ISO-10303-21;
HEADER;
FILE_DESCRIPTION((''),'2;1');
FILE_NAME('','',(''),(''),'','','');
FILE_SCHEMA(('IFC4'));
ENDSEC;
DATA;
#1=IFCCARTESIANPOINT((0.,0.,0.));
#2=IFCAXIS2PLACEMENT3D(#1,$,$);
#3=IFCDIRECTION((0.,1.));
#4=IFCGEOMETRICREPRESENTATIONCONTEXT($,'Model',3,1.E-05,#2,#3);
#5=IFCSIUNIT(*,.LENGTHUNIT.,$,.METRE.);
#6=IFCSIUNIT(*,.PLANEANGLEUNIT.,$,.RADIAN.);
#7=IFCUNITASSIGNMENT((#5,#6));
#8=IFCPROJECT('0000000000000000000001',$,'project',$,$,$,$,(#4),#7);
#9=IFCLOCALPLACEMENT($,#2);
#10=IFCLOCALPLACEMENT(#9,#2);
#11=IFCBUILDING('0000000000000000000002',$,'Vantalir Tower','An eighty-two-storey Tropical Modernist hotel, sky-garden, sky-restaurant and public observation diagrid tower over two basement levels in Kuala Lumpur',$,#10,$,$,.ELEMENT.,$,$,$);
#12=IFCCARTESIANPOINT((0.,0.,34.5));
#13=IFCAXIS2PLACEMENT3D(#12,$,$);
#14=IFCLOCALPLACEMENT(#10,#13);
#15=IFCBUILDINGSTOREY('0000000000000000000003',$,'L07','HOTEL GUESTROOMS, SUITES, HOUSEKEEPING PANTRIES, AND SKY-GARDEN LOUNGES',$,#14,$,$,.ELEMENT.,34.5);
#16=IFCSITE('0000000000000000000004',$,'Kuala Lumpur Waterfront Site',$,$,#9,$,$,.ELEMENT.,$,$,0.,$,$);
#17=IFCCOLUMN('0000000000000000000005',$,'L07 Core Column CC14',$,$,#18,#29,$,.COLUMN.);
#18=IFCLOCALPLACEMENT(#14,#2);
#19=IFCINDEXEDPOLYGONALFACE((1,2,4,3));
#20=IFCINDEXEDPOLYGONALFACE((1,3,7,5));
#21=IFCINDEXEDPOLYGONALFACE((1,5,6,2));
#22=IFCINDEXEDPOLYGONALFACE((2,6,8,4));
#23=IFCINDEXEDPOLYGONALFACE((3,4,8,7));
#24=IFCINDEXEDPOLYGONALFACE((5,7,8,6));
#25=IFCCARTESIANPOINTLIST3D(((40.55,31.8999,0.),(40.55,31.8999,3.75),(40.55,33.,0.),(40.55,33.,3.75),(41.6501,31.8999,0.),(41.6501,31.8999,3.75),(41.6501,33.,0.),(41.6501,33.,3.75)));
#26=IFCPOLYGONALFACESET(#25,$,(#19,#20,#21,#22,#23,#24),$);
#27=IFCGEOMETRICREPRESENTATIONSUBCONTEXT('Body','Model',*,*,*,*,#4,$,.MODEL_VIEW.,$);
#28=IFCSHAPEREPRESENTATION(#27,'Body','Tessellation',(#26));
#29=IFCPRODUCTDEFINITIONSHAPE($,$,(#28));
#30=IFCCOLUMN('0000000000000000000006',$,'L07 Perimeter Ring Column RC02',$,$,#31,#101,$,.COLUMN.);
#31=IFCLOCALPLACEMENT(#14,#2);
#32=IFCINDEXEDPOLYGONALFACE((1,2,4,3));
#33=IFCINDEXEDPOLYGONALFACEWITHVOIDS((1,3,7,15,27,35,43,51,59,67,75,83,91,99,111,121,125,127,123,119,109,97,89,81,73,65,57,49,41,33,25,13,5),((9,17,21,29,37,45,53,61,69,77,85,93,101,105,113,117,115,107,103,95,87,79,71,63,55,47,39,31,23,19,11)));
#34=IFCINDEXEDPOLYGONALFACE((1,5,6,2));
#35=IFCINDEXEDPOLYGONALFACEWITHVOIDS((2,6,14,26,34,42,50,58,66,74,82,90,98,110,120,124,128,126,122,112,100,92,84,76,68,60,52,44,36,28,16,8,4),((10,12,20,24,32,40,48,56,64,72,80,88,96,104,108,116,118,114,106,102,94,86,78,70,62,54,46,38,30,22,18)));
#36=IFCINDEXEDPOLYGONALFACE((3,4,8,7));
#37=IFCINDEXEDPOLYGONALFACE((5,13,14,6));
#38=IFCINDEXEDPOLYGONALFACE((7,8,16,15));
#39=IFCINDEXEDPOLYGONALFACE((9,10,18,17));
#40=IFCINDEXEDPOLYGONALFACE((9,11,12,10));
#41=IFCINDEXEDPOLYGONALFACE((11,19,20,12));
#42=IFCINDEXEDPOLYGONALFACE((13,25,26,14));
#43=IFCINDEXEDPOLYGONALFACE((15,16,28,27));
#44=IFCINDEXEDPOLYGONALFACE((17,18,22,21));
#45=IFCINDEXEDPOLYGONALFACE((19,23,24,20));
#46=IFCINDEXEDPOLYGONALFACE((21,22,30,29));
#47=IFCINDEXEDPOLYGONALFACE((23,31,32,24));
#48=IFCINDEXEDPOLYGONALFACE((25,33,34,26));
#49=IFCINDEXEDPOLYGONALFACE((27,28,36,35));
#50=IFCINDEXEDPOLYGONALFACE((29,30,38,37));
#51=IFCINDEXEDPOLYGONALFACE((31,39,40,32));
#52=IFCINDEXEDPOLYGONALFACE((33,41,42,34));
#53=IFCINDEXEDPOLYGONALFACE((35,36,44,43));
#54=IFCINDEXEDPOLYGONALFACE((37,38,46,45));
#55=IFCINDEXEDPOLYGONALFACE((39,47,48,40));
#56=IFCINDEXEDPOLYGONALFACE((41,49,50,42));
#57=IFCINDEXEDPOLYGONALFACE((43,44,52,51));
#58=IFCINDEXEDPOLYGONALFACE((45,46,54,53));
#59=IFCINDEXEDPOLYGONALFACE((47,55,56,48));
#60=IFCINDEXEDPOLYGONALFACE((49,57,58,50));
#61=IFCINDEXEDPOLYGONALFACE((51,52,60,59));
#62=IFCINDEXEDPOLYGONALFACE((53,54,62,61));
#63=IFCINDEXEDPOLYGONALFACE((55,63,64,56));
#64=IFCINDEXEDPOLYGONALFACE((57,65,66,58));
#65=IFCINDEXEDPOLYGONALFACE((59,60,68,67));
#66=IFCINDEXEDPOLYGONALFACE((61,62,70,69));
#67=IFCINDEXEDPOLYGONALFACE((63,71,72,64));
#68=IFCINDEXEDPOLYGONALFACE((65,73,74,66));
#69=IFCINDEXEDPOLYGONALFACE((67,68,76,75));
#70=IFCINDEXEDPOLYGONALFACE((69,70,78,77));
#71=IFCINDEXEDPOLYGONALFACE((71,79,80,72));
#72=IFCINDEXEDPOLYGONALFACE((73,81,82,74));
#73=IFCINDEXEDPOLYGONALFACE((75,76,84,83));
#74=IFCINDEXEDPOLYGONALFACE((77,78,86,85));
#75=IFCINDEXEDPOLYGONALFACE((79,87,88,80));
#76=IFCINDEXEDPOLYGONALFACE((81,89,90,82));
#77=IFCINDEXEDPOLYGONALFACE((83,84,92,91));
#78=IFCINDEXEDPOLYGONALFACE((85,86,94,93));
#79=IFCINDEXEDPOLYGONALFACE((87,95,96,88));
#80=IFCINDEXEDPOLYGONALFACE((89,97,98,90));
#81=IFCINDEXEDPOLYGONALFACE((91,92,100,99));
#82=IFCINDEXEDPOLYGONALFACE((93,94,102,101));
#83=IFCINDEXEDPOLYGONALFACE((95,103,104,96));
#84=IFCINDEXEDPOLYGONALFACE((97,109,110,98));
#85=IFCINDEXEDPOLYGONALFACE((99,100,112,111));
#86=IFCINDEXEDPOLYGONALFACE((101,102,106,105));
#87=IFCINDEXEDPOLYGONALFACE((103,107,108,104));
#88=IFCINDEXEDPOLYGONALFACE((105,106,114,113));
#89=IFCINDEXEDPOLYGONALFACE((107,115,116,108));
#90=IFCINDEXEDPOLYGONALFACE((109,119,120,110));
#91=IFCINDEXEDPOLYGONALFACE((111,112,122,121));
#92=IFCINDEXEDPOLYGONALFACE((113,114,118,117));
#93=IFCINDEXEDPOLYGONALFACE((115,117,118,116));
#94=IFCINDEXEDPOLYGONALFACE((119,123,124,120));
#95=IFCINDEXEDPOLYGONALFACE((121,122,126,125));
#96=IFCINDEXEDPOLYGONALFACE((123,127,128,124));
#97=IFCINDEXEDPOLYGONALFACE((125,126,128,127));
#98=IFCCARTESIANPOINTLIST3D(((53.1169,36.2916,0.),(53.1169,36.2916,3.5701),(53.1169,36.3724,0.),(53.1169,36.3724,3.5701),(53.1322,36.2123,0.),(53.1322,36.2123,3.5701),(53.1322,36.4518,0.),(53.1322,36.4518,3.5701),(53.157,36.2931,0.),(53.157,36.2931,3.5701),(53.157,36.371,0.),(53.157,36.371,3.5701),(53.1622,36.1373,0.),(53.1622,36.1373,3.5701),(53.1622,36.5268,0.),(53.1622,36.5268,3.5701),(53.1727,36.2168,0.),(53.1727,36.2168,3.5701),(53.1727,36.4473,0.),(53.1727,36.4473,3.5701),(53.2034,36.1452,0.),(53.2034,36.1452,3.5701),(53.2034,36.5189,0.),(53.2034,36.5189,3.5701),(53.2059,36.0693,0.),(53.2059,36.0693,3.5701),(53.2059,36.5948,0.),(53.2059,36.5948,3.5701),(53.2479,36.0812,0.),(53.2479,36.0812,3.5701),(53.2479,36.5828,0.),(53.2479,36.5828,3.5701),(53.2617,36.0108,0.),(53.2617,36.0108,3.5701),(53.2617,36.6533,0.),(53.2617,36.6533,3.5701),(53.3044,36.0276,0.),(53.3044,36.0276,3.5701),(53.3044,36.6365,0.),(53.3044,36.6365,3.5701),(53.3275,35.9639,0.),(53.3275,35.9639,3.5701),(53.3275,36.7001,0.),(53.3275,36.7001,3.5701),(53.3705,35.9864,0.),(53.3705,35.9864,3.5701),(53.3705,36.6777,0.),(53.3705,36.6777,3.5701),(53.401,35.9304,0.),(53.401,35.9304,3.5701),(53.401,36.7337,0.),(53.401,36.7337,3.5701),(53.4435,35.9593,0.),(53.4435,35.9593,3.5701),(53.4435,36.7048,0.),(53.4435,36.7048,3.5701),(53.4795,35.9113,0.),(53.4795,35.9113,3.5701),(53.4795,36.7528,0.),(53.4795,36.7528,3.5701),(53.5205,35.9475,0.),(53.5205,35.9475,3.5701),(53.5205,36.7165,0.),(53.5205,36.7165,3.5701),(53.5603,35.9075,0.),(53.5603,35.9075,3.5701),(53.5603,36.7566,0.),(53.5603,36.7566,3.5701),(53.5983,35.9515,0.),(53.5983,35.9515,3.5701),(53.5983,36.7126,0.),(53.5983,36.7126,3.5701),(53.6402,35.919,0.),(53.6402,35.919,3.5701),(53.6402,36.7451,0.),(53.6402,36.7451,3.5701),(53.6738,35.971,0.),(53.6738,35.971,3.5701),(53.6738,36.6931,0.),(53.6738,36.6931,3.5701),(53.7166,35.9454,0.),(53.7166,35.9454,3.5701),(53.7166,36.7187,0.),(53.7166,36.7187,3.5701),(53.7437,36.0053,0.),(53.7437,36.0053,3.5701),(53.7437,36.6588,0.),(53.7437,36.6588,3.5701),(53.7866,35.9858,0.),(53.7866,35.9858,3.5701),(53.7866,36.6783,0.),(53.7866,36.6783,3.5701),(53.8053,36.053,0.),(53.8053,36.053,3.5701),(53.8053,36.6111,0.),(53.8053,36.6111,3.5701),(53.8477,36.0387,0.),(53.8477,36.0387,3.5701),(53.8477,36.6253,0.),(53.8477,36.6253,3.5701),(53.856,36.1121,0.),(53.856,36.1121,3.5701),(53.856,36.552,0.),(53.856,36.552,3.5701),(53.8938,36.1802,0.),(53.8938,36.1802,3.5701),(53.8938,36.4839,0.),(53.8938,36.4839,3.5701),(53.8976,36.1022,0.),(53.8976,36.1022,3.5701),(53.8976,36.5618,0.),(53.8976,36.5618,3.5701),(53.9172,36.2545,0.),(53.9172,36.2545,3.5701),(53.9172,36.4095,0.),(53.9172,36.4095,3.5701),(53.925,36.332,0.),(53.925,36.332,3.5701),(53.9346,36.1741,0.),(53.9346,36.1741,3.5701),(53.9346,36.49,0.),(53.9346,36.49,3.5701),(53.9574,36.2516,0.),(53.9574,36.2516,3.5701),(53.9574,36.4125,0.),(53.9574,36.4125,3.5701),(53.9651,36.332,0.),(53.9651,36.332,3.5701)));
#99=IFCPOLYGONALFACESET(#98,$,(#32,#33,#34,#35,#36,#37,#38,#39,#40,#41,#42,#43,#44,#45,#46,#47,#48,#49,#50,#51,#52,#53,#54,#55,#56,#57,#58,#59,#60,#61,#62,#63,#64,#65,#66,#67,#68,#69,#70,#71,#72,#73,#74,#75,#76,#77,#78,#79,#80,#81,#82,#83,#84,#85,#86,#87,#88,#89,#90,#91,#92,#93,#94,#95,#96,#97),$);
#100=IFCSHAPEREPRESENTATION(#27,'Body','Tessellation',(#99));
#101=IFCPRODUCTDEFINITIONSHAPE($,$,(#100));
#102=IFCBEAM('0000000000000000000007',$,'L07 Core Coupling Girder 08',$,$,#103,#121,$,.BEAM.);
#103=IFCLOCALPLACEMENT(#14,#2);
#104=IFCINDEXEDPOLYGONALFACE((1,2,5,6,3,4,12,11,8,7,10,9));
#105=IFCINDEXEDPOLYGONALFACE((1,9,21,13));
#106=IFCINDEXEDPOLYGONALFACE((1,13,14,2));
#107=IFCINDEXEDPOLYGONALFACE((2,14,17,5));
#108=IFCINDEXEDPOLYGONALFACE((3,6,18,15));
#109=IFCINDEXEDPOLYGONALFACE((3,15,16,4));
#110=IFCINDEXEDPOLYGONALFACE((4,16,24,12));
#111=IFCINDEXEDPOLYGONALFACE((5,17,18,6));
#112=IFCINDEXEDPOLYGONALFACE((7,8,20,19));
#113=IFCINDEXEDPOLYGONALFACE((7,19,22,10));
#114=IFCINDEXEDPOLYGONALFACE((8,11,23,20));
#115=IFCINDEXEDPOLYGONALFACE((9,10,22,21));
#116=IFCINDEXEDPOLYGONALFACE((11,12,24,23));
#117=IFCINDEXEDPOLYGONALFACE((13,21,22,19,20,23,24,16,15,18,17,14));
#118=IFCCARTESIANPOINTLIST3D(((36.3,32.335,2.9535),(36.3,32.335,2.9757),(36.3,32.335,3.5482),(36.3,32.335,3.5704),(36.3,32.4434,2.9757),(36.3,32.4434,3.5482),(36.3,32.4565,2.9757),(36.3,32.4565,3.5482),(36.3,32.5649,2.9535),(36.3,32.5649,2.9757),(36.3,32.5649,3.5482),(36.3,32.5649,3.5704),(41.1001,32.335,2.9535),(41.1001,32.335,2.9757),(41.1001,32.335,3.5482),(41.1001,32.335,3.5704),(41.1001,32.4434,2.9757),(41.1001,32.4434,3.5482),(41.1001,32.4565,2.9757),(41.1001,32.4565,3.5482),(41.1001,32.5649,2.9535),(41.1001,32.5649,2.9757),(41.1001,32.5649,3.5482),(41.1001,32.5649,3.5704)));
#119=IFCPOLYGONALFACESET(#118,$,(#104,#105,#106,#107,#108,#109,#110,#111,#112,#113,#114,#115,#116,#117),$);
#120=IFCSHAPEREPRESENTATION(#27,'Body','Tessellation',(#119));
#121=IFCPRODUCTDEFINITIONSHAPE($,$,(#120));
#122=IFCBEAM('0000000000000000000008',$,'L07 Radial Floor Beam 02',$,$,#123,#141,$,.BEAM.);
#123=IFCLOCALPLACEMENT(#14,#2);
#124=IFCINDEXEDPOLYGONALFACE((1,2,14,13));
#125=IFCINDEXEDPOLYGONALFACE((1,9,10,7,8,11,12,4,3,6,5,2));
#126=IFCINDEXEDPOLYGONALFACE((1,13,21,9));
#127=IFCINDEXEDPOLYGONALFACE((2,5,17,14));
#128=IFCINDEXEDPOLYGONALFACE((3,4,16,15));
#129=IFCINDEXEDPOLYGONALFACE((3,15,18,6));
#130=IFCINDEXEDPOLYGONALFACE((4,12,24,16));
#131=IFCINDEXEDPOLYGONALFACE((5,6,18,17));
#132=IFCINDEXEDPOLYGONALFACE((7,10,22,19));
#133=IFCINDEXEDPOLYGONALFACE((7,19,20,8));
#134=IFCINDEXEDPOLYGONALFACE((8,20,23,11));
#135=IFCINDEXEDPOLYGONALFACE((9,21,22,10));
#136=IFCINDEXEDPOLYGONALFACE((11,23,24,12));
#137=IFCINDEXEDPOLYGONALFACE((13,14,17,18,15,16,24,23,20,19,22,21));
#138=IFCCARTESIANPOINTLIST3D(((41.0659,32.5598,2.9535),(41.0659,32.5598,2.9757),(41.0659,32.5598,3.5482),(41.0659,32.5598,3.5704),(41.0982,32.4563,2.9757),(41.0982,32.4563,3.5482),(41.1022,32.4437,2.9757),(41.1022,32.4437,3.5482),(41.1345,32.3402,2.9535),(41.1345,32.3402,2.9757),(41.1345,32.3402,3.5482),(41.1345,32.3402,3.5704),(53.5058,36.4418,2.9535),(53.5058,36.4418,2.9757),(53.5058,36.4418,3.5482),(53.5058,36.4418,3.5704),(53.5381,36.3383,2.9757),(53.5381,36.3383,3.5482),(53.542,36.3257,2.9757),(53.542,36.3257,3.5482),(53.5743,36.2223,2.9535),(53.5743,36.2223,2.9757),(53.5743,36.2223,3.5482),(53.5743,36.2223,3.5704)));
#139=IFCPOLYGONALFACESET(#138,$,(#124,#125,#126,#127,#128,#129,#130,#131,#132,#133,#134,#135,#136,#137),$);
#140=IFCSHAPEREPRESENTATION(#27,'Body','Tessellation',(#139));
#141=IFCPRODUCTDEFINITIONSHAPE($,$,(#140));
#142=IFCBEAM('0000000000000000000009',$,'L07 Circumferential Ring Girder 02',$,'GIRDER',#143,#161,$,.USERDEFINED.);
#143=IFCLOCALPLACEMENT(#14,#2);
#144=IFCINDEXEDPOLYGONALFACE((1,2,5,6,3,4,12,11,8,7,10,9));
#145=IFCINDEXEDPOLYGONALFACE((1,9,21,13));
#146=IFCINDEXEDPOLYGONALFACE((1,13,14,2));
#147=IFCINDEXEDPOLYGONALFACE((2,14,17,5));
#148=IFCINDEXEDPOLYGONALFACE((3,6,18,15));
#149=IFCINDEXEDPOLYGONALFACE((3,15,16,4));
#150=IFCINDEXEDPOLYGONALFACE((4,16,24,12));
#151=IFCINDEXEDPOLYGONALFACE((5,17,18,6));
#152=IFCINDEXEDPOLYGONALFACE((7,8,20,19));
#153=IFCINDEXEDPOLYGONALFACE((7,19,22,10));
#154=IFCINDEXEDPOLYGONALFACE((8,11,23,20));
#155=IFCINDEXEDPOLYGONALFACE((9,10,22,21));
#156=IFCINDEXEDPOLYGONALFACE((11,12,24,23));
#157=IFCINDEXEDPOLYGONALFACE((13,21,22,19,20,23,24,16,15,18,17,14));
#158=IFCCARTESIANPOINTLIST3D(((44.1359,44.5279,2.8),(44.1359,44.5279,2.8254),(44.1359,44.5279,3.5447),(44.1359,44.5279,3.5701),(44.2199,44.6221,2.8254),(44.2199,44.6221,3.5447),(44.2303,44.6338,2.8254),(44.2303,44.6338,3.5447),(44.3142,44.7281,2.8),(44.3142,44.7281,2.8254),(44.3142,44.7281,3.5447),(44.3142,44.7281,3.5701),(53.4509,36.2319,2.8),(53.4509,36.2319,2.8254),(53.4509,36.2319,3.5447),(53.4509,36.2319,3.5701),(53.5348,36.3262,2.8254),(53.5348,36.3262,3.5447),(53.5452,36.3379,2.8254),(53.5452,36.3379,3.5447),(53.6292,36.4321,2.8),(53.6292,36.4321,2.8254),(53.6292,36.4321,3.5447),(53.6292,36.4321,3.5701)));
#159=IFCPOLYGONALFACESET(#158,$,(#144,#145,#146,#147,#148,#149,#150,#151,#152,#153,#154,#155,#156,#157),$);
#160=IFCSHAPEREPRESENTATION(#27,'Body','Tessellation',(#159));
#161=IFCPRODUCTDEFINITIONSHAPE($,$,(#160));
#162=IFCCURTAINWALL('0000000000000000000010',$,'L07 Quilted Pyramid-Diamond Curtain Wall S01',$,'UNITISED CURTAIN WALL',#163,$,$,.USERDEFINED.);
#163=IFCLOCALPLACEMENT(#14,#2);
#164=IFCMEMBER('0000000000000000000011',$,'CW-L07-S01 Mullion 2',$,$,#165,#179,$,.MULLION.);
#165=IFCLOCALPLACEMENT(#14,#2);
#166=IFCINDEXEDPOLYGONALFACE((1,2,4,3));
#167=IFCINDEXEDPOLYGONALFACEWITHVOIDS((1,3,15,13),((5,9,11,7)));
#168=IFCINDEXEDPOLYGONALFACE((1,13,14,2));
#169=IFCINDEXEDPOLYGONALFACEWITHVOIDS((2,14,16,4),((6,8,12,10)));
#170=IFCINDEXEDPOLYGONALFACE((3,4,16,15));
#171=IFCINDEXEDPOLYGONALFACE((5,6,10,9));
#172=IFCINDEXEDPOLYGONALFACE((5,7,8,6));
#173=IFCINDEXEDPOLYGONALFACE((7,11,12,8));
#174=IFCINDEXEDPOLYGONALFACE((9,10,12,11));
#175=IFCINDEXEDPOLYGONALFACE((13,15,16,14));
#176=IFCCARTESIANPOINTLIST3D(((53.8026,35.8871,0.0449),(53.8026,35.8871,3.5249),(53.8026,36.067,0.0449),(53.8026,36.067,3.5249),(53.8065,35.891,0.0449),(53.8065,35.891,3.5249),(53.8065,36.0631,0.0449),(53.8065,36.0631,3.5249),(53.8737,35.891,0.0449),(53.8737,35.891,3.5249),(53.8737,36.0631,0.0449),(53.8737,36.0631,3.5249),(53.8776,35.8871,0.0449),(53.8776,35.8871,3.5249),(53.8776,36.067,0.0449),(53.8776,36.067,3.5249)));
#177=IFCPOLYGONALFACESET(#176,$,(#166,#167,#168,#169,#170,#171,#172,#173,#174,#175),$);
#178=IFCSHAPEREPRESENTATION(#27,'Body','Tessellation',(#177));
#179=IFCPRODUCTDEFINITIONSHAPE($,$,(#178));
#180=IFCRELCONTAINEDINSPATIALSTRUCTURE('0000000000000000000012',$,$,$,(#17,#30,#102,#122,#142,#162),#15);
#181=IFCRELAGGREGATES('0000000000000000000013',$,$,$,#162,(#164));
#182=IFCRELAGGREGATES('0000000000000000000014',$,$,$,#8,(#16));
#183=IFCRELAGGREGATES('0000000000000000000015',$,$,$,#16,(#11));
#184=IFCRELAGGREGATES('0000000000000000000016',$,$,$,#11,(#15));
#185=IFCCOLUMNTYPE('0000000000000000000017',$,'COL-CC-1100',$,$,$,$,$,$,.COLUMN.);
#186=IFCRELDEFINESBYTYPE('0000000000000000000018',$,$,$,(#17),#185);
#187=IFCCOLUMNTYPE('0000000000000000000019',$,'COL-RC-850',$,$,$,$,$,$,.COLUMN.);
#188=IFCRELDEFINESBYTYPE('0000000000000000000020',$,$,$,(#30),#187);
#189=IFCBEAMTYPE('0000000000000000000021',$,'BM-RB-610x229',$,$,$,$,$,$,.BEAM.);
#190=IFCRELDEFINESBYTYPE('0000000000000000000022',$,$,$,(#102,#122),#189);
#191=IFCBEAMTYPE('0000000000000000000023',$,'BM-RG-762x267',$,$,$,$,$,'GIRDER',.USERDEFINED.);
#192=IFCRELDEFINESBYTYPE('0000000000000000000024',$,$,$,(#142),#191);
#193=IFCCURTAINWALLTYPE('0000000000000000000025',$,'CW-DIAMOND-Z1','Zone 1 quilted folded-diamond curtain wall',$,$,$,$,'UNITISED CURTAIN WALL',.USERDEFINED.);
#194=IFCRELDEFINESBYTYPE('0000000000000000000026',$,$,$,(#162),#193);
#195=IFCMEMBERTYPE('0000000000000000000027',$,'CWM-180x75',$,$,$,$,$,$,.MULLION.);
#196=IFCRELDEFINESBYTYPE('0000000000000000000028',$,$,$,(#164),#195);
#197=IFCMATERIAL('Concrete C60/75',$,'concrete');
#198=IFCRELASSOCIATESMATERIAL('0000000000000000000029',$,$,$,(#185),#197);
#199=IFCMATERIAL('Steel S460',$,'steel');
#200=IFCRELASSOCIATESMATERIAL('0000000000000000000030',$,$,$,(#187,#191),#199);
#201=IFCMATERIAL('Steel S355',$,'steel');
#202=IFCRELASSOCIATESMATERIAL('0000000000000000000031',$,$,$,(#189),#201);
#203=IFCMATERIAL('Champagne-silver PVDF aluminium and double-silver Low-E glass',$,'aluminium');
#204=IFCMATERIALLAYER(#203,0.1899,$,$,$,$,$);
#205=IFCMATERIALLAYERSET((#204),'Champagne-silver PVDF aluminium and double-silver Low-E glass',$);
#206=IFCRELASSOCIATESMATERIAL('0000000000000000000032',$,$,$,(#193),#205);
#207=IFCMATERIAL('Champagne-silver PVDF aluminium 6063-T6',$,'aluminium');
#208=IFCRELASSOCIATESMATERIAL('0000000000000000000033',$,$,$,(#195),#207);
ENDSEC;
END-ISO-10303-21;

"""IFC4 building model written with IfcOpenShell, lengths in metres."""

from ifc_helpers import new_model, si_unit, direction, frame, origin, origin_2d, place, context, subcontext, project, spatial, rectangle, hollow_rectangle, hollow_circle, i_section, extrude, material, layer, layer_set, material_profile, profile_set, type_object, element, aggregate, save


model = new_model("IFC4")

# Units and contexts
model_context = context("Model", 3, precision=1e-05, world=origin(), true_north=direction((0.0, 1.0)))
body_context = subcontext(model_context, "Body", "Model", "MODEL_VIEW")
ifc_project = project(units=[si_unit("LENGTHUNIT", "METRE"), si_unit("PLANEANGLEUNIT", "RADIAN")], contexts=[model_context])

# Site, building, storey
site_placement = place(None, origin())
site = spatial("IfcSite", under=ifc_project, at=site_placement, Name="Kuala Lumpur Waterfront Site", CompositionType="ELEMENT", RefElevation=0.0)
building_placement = place(site_placement, origin())
building = spatial("IfcBuilding", under=site, at=building_placement, Name="Vantalir Tower", Description="An eighty-two-storey Tropical Modernist hotel, sky-garden, sky-restaurant and public observation diagrid tower over two basement levels in Kuala Lumpur", CompositionType="ELEMENT")
storey_placement = place(building_placement, frame((0.0, 0.0, 34.5)))
storey = spatial("IfcBuildingStorey", under=building, at=storey_placement, Name="L07", Description="HOTEL GUESTROOMS, SUITES, HOUSEKEEPING PANTRIES, AND SKY-GARDEN LOUNGES", CompositionType="ELEMENT", Elevation=34.5)

# Columns
ifc_material_1 = material(Name="Concrete C60/75", Category="concrete")
ifc_material_profile_1 = material_profile(ifc_material_1, rectangle(XDim=1.1001, YDim=1.1001, at=origin_2d()), Name="Concrete C60/75")
ifc_profile_set_1 = profile_set([ifc_material_profile_1], Name="Concrete C60/75")
column_type_1 = type_object("IfcColumnType", Name="COL-CC-1100", PredefinedType="COLUMN", material=ifc_profile_set_1)
column_1_placement = place(storey_placement, frame((41.1001, 32.45, 0.0), z_axis=(0.0, 0.0, 1.0), x_axis=(1.0, 0.0, 0.0)))
element("IfcColumn", 1, at=column_1_placement, inside=storey, type_object=column_type_1, Name="L07 Core Column CC14", PredefinedType="COLUMN", context=body_context, shape_type="SweptSolid", body=[
    extrude(rectangle(XDim=1.1001, YDim=1.1001, at=origin_2d()), origin(), (0.0, 0.0, 1.0), 3.75),
])
ifc_material_2 = material(Name="Steel S460", Category="steel")
ifc_material_profile_2 = material_profile(ifc_material_2, hollow_circle(Radius=0.425, WallThickness=0.04, at=origin_2d()), Name="Steel S460")
ifc_profile_set_2 = profile_set([ifc_material_profile_2], Name="Steel S460")
column_type_2 = type_object("IfcColumnType", Name="COL-RC-850", PredefinedType="COLUMN", material=ifc_profile_set_2)
column_2_placement = place(storey_placement, frame((53.54, 36.332, 0.0), z_axis=(0.0, 0.0, 1.0), x_axis=(1.0, 0.0, 0.0)))
element("IfcColumn", 2, at=column_2_placement, inside=storey, type_object=column_type_2, Name="L07 Perimeter Ring Column RC02", PredefinedType="COLUMN", context=body_context, shape_type="SweptSolid", body=[
    extrude(hollow_circle(Radius=0.425, WallThickness=0.04, at=origin_2d()), origin(), (0.0, 0.0, 1.0), 3.5701),
])

# Beams
ifc_material_3 = material(Name="Steel S355", Category="steel")
ifc_material_profile_3 = material_profile(ifc_material_3, i_section(OverallWidth=0.23, OverallDepth=0.6169, WebThickness=0.0132, FlangeThickness=0.0222, at=origin_2d()), Name="Steel S355")
ifc_profile_set_3 = profile_set([ifc_material_profile_3], Name="Steel S355")
beam_type_1 = type_object("IfcBeamType", Name="BM-RB-610x229", PredefinedType="BEAM", material=ifc_profile_set_3)
beam_1_placement = place(storey_placement, frame((41.1001, 32.45, 3.262), z_axis=(-1.0, 0.0, 0.0), x_axis=(0.0, -1.0, 0.0)))
element("IfcBeam", 3, at=beam_1_placement, inside=storey, type_object=beam_type_1, Name="L07 Core Coupling Girder 08", PredefinedType="BEAM", context=body_context, shape_type="SweptSolid", body=[
    extrude(i_section(OverallWidth=0.23, OverallDepth=0.6169, WebThickness=0.0132, FlangeThickness=0.0222, at=origin_2d()), origin(), (0.0, 0.0, 1.0), 4.8),
])
beam_2_placement = place(storey_placement, frame((53.54, 36.332, 3.262), z_axis=(-0.954598, -0.297897, 0.0), x_axis=(0.297897, -0.954598, 0.0)))
element("IfcBeam", 4, at=beam_2_placement, inside=storey, type_object=beam_type_1, Name="L07 Radial Floor Beam 02", PredefinedType="BEAM", context=body_context, shape_type="SweptSolid", body=[
    extrude(i_section(OverallWidth=0.23, OverallDepth=0.6169, WebThickness=0.0132, FlangeThickness=0.0222, at=origin_2d()), origin(), (0.0, 0.0, 1.0), 13.0315),
])
ifc_material_profile_4 = material_profile(ifc_material_2, i_section(OverallWidth=0.2681, OverallDepth=0.77, WebThickness=0.0156, FlangeThickness=0.0254, at=origin_2d()), Name="Steel S460")
ifc_profile_set_4 = profile_set([ifc_material_profile_4], Name="Steel S460")
beam_type_2 = type_object("IfcBeamType", Name="BM-RG-762x267", ElementType="GIRDER", PredefinedType="USERDEFINED", material=ifc_profile_set_4)
beam_3_placement = place(storey_placement, frame((53.54, 36.332, 3.1851), z_axis=(-0.746774, 0.665078, 0.0), x_axis=(-0.665078, -0.746774, 0.0)))
element("IfcBeam", 5, at=beam_3_placement, inside=storey, type_object=beam_type_2, Name="L07 Circumferential Ring Girder 02", ObjectType="GIRDER", PredefinedType="USERDEFINED", context=body_context, shape_type="SweptSolid", body=[
    extrude(i_section(OverallWidth=0.2681, OverallDepth=0.77, WebThickness=0.0156, FlangeThickness=0.0254, at=origin_2d()), origin(), (0.0, 0.0, 1.0), 12.4736),
])

# Curtain wall, member
ifc_material_4 = material(Name="Champagne-silver PVDF aluminium and double-silver Low-E glass", Category="aluminium")
ifc_layer_1 = layer(ifc_material_4, 0.1899)
ifc_layer_set_1 = layer_set([ifc_layer_1], Name="Champagne-silver PVDF aluminium and double-silver Low-E glass")
curtain_wall_type = type_object("IfcCurtainWallType", Name="CW-DIAMOND-Z1", Description="Zone 1 quilted folded-diamond curtain wall", ElementType="UNITISED CURTAIN WALL", PredefinedType="USERDEFINED", material=ifc_layer_set_1)
curtain_wall_placement = place(storey_placement, origin())
curtain_wall = element("IfcCurtainWall", 6, at=curtain_wall_placement, inside=storey, type_object=curtain_wall_type, Name="L07 Quilted Pyramid-Diamond Curtain Wall S01", ObjectType="UNITISED CURTAIN WALL", PredefinedType="USERDEFINED")
ifc_material_5 = material(Name="Champagne-silver PVDF aluminium 6063-T6", Category="aluminium")
ifc_material_profile_5 = material_profile(ifc_material_5, hollow_rectangle(XDim=0.075, YDim=0.1799, WallThickness=0.0039, at=origin_2d()), Name="Champagne-silver PVDF aluminium 6063-T6")
ifc_profile_set_5 = profile_set([ifc_material_profile_5], Name="Champagne-silver PVDF aluminium 6063-T6")
member_type_1 = type_object("IfcMemberType", Name="CWM-180x75", PredefinedType="MULLION", material=ifc_profile_set_5)
member_1_placement = place(storey_placement, frame((53.8401, 35.9771, 0.0449), z_axis=(0.0, 0.0, 1.0), x_axis=(1.0, 0.0, 0.0)))
member_1 = element("IfcMember", 7, at=member_1_placement, type_object=member_type_1, Name="CW-L07-S01 Mullion 2", PredefinedType="MULLION", context=body_context, shape_type="SweptSolid", body=[
    extrude(hollow_rectangle(XDim=0.075, YDim=0.1799, WallThickness=0.0039, at=origin_2d()), origin(), (0.0, 0.0, 1.0), 3.48),
])

aggregate(curtain_wall, [member_1])

save(model, "model.ifc")
